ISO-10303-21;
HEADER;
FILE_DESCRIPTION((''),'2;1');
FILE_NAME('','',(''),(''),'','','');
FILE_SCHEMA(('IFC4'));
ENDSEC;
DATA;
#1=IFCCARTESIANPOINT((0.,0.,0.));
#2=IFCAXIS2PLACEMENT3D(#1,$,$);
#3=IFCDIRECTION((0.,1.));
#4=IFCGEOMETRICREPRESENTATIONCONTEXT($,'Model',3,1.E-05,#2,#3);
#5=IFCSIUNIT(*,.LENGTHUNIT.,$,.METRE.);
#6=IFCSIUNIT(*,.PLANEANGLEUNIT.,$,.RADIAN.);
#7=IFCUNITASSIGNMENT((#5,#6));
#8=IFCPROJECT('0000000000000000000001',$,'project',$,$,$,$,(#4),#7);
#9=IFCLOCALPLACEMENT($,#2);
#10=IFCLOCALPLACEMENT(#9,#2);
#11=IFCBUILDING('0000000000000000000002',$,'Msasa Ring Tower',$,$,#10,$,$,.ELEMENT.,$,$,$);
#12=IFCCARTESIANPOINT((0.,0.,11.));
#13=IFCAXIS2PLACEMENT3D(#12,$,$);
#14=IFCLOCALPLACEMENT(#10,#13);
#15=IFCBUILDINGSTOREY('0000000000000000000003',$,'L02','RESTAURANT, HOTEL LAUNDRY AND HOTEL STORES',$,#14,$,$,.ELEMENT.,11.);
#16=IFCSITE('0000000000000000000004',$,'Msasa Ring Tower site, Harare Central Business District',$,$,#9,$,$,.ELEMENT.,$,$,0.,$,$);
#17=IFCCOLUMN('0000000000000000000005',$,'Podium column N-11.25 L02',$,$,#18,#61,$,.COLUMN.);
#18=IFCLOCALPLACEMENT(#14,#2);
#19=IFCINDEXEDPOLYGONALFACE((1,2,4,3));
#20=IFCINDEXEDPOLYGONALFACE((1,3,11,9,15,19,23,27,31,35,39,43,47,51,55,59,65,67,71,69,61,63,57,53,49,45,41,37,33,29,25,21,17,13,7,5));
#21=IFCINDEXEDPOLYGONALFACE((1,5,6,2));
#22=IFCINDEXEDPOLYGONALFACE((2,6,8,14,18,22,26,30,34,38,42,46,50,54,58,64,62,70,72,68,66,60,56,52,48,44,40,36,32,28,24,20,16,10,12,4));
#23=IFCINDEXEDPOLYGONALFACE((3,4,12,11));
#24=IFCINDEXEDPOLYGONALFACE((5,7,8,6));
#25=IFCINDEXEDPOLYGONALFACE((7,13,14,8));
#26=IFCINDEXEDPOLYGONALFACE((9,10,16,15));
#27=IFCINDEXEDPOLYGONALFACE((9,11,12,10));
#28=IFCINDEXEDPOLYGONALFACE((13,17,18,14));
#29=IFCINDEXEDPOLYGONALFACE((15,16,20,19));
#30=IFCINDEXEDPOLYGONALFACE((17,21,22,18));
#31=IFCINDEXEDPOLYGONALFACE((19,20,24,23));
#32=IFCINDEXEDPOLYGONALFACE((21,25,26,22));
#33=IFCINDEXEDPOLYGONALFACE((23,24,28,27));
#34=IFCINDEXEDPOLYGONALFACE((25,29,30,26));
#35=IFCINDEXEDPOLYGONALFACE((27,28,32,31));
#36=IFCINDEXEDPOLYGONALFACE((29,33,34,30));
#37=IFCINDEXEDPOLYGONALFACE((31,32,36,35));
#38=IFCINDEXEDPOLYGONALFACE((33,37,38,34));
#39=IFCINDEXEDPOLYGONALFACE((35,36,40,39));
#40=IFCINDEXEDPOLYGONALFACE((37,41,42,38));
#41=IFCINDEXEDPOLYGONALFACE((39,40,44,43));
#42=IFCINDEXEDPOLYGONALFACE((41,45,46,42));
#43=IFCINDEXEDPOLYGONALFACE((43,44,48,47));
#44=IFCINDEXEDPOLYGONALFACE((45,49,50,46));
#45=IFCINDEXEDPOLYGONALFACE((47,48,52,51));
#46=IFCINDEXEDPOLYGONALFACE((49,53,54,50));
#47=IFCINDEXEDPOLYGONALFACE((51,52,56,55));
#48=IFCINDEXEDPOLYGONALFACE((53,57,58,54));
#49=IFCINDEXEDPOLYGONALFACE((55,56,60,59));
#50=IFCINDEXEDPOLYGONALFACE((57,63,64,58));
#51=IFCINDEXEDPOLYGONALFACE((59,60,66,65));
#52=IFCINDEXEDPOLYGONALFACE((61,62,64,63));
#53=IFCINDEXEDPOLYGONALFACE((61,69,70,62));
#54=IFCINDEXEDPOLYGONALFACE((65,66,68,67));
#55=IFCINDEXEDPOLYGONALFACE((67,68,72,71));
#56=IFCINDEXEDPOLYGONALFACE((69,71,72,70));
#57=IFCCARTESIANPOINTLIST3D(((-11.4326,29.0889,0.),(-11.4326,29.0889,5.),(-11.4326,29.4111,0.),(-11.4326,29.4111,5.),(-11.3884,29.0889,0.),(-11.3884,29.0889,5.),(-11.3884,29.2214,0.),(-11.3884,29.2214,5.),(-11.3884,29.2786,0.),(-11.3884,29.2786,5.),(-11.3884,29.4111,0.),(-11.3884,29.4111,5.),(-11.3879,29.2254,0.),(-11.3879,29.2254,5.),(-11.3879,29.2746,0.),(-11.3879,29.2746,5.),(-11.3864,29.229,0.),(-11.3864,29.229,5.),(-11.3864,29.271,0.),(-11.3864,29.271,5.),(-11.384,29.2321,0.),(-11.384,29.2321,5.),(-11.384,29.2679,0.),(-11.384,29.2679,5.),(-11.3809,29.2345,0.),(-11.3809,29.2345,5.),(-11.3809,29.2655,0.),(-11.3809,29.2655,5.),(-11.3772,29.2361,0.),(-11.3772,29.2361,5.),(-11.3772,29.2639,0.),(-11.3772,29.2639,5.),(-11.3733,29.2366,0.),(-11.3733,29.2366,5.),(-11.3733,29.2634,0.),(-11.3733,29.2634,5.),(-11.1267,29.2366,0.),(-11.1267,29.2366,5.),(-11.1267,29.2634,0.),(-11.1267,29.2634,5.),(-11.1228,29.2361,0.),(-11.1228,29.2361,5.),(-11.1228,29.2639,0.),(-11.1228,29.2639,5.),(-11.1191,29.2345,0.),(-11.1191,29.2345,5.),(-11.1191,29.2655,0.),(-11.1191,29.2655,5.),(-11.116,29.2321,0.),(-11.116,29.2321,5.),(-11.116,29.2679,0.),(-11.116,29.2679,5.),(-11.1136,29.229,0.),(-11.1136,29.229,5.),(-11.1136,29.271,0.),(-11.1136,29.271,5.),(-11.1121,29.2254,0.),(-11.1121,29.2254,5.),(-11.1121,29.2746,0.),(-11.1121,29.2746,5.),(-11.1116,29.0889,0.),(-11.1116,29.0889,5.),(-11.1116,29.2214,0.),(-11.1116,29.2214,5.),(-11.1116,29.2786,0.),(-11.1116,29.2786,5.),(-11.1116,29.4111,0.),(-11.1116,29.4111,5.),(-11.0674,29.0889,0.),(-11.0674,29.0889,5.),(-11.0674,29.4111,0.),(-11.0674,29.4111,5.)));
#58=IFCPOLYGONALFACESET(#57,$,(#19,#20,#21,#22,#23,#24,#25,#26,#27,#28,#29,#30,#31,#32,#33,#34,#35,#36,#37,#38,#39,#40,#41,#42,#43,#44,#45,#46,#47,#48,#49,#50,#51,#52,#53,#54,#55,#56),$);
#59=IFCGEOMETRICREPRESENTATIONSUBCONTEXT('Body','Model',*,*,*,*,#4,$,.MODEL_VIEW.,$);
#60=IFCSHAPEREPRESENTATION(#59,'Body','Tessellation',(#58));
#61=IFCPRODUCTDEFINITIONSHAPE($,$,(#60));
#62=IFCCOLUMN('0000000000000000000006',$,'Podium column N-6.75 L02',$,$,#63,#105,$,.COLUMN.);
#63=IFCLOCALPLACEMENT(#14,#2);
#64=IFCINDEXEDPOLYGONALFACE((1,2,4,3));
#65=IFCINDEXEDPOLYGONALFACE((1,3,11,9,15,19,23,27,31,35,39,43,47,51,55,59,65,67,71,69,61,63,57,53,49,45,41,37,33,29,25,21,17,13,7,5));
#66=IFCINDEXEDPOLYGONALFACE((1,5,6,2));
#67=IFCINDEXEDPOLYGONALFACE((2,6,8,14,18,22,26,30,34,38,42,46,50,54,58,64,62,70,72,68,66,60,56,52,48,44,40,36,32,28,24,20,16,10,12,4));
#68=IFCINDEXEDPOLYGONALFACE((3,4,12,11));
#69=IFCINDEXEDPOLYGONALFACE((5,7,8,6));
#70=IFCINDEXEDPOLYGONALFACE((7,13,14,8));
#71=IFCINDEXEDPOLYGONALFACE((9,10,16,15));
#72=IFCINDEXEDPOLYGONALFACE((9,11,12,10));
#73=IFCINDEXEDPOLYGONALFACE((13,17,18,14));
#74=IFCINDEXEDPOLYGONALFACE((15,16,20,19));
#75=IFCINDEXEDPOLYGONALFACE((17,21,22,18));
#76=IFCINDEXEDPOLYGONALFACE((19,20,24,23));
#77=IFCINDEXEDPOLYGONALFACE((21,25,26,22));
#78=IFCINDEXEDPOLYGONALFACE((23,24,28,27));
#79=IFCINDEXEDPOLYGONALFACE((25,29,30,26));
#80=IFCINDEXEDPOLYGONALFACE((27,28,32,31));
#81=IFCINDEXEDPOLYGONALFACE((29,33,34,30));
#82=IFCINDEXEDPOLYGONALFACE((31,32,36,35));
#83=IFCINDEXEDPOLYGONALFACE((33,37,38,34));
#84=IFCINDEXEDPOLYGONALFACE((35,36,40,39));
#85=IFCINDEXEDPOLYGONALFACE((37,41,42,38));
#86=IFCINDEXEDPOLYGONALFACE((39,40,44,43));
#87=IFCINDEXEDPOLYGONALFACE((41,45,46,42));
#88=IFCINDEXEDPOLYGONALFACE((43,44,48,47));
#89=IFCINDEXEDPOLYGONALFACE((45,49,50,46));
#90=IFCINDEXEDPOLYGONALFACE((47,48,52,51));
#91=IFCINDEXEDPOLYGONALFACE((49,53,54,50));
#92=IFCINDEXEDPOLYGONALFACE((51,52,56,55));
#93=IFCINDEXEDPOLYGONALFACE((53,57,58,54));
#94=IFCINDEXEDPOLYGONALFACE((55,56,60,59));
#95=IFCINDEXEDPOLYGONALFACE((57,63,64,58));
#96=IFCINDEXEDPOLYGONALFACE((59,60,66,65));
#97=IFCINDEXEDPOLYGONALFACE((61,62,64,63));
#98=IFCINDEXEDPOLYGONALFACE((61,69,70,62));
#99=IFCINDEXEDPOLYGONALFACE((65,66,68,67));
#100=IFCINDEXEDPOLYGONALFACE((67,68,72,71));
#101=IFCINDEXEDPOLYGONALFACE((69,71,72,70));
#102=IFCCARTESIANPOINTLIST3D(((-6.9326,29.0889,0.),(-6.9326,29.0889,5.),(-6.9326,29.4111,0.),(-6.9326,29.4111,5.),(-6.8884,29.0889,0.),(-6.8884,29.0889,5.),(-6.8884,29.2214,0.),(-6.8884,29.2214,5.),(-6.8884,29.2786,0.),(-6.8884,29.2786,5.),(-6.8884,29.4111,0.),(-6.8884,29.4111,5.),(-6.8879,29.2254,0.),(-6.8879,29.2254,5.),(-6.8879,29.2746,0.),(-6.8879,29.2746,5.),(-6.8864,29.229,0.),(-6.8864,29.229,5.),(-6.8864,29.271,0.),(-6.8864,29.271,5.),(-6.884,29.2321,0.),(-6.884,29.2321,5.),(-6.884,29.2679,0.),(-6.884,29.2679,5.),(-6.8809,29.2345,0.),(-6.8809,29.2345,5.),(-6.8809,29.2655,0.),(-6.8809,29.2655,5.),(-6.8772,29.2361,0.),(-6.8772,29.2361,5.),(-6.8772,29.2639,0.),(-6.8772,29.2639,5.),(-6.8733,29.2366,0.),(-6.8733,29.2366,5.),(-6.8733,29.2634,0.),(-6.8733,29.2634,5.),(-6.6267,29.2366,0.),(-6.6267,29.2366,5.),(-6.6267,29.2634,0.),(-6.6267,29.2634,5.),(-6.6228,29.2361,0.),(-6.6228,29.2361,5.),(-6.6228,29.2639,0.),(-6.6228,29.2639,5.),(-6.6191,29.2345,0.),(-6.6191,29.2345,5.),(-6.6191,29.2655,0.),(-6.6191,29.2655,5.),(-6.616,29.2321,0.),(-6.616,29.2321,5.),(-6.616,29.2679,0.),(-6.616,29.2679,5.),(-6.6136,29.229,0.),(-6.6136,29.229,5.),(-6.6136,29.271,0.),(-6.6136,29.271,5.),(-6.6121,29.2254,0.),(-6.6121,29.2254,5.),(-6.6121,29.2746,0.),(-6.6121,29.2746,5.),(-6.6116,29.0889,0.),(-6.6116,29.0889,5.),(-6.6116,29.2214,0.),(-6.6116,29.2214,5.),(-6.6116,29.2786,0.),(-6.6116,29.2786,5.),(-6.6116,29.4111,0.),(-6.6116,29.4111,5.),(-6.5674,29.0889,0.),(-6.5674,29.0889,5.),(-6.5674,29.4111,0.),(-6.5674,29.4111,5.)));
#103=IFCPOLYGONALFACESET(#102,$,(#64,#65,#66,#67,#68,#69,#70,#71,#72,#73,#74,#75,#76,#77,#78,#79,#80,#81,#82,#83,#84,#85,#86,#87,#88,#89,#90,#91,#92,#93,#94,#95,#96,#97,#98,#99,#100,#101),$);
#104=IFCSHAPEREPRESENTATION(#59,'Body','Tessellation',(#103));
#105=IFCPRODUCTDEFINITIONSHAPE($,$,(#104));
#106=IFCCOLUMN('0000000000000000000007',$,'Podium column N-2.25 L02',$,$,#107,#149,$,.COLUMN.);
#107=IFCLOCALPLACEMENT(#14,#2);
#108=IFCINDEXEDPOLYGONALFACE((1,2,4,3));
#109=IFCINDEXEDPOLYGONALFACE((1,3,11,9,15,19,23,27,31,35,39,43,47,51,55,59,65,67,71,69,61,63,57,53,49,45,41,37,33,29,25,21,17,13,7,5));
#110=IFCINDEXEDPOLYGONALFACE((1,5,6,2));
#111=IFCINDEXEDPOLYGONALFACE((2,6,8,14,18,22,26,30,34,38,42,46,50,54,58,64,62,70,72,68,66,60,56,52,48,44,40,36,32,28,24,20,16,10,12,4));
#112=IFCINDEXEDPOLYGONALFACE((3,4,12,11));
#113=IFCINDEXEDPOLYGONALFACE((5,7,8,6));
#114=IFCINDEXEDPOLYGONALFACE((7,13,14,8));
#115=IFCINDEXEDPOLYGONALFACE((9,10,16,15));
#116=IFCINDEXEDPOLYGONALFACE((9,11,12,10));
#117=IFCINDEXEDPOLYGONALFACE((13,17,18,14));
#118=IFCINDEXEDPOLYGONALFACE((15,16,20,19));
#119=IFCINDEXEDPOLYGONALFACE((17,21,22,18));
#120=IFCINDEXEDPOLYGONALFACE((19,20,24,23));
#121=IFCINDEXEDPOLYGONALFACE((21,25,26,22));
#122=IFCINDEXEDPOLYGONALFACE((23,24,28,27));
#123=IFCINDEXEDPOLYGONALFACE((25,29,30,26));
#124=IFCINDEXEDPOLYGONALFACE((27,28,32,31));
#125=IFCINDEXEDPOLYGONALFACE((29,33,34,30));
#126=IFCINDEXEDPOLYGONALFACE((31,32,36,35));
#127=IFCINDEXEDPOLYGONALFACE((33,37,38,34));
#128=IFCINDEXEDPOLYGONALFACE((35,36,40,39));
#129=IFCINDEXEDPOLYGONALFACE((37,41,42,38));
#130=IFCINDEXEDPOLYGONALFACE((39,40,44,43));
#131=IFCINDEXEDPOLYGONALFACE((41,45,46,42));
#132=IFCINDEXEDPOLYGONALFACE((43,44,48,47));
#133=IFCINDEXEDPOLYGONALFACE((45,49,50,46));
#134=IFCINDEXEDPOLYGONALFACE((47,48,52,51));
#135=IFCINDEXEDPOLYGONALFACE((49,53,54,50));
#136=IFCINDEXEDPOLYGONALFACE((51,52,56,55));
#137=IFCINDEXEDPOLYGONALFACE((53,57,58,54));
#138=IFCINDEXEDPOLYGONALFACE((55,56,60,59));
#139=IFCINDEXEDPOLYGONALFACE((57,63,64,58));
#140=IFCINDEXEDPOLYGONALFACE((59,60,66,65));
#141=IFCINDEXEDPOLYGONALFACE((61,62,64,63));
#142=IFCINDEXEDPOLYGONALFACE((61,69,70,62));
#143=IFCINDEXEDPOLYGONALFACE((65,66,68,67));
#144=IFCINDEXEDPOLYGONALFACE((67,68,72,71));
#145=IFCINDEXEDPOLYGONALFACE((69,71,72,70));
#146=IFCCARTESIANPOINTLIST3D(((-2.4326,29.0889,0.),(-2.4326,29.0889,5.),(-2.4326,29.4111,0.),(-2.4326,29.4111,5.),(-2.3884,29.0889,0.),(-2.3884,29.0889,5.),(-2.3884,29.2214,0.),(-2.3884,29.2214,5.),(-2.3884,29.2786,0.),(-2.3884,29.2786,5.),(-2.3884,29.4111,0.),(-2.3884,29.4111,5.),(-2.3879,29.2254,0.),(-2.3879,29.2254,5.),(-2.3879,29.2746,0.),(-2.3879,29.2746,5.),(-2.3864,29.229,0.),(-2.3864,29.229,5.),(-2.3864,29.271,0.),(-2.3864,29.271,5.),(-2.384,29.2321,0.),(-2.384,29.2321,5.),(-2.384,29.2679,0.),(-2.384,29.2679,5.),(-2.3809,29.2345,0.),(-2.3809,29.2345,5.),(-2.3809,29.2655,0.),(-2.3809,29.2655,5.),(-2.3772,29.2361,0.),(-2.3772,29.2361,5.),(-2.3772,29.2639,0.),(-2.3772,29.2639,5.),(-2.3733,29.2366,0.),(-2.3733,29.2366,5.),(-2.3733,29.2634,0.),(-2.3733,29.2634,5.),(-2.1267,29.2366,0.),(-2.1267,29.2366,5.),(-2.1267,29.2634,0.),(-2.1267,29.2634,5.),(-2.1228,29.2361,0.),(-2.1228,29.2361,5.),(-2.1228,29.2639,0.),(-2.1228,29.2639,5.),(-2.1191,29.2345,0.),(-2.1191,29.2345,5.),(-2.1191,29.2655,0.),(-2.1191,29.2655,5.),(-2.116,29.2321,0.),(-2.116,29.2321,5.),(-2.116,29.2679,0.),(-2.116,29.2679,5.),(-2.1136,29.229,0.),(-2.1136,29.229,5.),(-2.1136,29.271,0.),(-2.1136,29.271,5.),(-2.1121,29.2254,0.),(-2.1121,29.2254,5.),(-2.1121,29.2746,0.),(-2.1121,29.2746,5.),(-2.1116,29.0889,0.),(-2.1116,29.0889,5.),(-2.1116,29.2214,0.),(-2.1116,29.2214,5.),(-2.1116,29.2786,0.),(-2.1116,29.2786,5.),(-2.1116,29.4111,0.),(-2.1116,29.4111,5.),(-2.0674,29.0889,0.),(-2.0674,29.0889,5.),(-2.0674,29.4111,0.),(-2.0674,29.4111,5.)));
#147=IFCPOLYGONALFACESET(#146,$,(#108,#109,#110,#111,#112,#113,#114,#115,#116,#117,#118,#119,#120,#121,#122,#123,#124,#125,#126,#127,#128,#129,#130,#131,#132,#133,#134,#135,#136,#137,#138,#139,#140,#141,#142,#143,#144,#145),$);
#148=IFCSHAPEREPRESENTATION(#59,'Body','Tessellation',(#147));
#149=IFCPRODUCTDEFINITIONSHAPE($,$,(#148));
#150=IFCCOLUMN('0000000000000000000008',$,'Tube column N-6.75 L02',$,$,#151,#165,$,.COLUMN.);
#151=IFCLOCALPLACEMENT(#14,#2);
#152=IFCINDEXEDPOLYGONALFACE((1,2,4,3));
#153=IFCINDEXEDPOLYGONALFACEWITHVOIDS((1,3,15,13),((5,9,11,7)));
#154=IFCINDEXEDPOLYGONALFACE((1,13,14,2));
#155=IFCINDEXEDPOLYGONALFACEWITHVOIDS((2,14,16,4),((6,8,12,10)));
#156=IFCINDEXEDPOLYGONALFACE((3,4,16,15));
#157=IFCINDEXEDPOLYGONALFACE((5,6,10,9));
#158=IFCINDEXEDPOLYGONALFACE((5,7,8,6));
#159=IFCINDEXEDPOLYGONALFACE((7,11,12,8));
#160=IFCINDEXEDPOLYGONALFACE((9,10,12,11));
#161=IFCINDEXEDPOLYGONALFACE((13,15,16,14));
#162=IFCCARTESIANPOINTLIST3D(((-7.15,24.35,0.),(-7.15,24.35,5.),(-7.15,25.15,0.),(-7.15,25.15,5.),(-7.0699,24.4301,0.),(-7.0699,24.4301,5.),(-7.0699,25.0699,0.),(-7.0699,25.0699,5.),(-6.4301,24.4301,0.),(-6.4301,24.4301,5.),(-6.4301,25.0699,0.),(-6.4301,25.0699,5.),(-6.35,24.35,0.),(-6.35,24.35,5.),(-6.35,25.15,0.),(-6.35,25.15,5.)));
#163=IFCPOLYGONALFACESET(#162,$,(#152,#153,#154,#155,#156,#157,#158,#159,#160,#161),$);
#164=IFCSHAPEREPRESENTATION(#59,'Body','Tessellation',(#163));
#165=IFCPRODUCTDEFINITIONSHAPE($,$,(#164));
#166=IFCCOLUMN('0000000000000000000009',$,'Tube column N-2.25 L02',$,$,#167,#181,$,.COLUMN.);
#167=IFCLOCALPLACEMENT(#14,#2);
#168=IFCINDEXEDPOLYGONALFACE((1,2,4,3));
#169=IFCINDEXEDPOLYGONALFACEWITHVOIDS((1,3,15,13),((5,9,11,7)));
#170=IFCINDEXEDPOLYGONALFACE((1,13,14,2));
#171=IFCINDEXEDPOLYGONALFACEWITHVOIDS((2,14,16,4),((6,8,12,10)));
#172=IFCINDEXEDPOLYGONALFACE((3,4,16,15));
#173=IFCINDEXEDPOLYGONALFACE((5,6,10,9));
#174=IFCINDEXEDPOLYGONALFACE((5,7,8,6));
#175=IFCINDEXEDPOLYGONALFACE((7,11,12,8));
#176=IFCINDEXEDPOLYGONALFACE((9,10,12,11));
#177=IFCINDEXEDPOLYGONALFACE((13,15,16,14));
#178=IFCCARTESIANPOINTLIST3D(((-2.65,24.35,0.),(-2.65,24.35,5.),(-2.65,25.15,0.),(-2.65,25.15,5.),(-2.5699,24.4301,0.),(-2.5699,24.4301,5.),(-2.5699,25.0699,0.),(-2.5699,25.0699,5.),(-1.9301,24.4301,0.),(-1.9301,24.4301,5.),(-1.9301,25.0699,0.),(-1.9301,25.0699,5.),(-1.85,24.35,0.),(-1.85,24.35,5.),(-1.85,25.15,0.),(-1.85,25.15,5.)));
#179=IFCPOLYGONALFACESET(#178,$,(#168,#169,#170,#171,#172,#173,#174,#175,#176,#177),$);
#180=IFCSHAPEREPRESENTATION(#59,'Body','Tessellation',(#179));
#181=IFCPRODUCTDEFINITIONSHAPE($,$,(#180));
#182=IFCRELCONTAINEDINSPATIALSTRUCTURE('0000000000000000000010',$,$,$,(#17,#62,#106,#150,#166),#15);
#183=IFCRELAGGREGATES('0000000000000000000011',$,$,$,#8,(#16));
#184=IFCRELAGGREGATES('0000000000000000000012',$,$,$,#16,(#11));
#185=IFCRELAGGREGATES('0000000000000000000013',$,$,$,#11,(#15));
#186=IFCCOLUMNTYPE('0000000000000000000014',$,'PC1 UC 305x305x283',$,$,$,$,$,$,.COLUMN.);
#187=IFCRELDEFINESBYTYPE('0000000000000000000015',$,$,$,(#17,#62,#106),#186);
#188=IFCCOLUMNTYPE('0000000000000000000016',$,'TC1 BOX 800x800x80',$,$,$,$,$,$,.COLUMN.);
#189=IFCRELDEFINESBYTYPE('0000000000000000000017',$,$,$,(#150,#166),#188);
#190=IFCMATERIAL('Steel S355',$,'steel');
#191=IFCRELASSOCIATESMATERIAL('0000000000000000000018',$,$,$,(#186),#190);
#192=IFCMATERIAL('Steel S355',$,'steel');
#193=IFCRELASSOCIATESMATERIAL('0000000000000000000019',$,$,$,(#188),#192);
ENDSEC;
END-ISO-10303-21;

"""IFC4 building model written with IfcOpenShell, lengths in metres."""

from ifc_helpers import new_model, si_unit, direction, frame, origin, origin_2d, place, context, subcontext, project, spatial, hollow_rectangle, i_section, extrude, material, material_profile, profile_set, type_object, element, save


model = new_model("IFC4")

# Units and contexts
model_context = context("Model", 3, precision=1e-05, world=origin(), true_north=direction((0.0, 1.0)))
body_context = subcontext(model_context, "Body", "Model", "MODEL_VIEW")
ifc_project = project(units=[si_unit("LENGTHUNIT", "METRE"), si_unit("PLANEANGLEUNIT", "RADIAN")], contexts=[model_context])

# Site, building, storey
site_placement = place(None, origin())
site = spatial("IfcSite", under=ifc_project, at=site_placement, Name="Msasa Ring Tower site, Harare Central Business District", CompositionType="ELEMENT", RefElevation=0.0)
building_placement = place(site_placement, origin())
building = spatial("IfcBuilding", under=site, at=building_placement, Name="Msasa Ring Tower", CompositionType="ELEMENT")
storey_placement = place(building_placement, frame((0.0, 0.0, 11.0)))
storey = spatial("IfcBuildingStorey", under=building, at=storey_placement, Name="L02", Description="RESTAURANT, HOTEL LAUNDRY AND HOTEL STORES", CompositionType="ELEMENT", Elevation=11.0)

# Columns
ifc_material_1 = material(Name="Steel S355", Category="steel")
ifc_material_profile_1 = material_profile(ifc_material_1, i_section(OverallWidth=0.3223, OverallDepth=0.3652, WebThickness=0.0269, FlangeThickness=0.0442, FilletRadius=0.0151, at=origin_2d()), Name="UC 305x305x283")
ifc_profile_set_1 = profile_set([ifc_material_profile_1], Name="Steel S355")
column_type_1 = type_object("IfcColumnType", Name="PC1 UC 305x305x283", PredefinedType="COLUMN", material=ifc_profile_set_1)
for number, where, z_axis, x_axis, name in (
    (1, (-11.25, 29.25, 0.0), (0.0, 0.0, 1.0), (0.0, 1.0, 0.0), "Podium column N-11.25 L02"),
    (2, (-6.75, 29.25, 0.0), (0.0, 0.0, 1.0), (0.0, 1.0, 0.0), "Podium column N-6.75 L02"),
    (3, (-2.25, 29.25, 0.0), (0.0, 0.0, 1.0), (0.0, 1.0, 0.0), "Podium column N-2.25 L02"),
):
    element("IfcColumn", number, at=place(storey_placement, frame(where, z_axis=z_axis, x_axis=x_axis)), inside=storey, type_object=column_type_1, Name=name, PredefinedType="COLUMN", context=body_context, shape_type="SweptSolid", body=[
        extrude(i_section(OverallWidth=0.3223, OverallDepth=0.3652, WebThickness=0.0269, FlangeThickness=0.0442, FilletRadius=0.0151, at=origin_2d()), origin(), (0.0, 0.0, 1.0), 5.0),
    ])
ifc_material_2 = material(Name="Steel S355", Category="steel")
ifc_material_profile_2 = material_profile(ifc_material_2, hollow_rectangle(XDim=0.8, YDim=0.8, WallThickness=0.0801, at=origin_2d()), Name="BOX 800x800x80")
ifc_profile_set_2 = profile_set([ifc_material_profile_2], Name="Steel S355")
column_type_2 = type_object("IfcColumnType", Name="TC1 BOX 800x800x80", PredefinedType="COLUMN", material=ifc_profile_set_2)
for number, where, z_axis, x_axis, name in (
    (4, (-6.75, 24.75, 0.0), (0.0, 0.0, 1.0), (0.0, 1.0, 0.0), "Tube column N-6.75 L02"),
    (5, (-2.25, 24.75, 0.0), (0.0, 0.0, 1.0), (0.0, 1.0, 0.0), "Tube column N-2.25 L02"),
):
    element("IfcColumn", number, at=place(storey_placement, frame(where, z_axis=z_axis, x_axis=x_axis)), inside=storey, type_object=column_type_2, Name=name, PredefinedType="COLUMN", context=body_context, shape_type="SweptSolid", body=[
        extrude(hollow_rectangle(XDim=0.8, YDim=0.8, WallThickness=0.0801, at=origin_2d()), origin(), (0.0, 0.0, 1.0), 5.0),
    ])

save(model, "model.ifc")
